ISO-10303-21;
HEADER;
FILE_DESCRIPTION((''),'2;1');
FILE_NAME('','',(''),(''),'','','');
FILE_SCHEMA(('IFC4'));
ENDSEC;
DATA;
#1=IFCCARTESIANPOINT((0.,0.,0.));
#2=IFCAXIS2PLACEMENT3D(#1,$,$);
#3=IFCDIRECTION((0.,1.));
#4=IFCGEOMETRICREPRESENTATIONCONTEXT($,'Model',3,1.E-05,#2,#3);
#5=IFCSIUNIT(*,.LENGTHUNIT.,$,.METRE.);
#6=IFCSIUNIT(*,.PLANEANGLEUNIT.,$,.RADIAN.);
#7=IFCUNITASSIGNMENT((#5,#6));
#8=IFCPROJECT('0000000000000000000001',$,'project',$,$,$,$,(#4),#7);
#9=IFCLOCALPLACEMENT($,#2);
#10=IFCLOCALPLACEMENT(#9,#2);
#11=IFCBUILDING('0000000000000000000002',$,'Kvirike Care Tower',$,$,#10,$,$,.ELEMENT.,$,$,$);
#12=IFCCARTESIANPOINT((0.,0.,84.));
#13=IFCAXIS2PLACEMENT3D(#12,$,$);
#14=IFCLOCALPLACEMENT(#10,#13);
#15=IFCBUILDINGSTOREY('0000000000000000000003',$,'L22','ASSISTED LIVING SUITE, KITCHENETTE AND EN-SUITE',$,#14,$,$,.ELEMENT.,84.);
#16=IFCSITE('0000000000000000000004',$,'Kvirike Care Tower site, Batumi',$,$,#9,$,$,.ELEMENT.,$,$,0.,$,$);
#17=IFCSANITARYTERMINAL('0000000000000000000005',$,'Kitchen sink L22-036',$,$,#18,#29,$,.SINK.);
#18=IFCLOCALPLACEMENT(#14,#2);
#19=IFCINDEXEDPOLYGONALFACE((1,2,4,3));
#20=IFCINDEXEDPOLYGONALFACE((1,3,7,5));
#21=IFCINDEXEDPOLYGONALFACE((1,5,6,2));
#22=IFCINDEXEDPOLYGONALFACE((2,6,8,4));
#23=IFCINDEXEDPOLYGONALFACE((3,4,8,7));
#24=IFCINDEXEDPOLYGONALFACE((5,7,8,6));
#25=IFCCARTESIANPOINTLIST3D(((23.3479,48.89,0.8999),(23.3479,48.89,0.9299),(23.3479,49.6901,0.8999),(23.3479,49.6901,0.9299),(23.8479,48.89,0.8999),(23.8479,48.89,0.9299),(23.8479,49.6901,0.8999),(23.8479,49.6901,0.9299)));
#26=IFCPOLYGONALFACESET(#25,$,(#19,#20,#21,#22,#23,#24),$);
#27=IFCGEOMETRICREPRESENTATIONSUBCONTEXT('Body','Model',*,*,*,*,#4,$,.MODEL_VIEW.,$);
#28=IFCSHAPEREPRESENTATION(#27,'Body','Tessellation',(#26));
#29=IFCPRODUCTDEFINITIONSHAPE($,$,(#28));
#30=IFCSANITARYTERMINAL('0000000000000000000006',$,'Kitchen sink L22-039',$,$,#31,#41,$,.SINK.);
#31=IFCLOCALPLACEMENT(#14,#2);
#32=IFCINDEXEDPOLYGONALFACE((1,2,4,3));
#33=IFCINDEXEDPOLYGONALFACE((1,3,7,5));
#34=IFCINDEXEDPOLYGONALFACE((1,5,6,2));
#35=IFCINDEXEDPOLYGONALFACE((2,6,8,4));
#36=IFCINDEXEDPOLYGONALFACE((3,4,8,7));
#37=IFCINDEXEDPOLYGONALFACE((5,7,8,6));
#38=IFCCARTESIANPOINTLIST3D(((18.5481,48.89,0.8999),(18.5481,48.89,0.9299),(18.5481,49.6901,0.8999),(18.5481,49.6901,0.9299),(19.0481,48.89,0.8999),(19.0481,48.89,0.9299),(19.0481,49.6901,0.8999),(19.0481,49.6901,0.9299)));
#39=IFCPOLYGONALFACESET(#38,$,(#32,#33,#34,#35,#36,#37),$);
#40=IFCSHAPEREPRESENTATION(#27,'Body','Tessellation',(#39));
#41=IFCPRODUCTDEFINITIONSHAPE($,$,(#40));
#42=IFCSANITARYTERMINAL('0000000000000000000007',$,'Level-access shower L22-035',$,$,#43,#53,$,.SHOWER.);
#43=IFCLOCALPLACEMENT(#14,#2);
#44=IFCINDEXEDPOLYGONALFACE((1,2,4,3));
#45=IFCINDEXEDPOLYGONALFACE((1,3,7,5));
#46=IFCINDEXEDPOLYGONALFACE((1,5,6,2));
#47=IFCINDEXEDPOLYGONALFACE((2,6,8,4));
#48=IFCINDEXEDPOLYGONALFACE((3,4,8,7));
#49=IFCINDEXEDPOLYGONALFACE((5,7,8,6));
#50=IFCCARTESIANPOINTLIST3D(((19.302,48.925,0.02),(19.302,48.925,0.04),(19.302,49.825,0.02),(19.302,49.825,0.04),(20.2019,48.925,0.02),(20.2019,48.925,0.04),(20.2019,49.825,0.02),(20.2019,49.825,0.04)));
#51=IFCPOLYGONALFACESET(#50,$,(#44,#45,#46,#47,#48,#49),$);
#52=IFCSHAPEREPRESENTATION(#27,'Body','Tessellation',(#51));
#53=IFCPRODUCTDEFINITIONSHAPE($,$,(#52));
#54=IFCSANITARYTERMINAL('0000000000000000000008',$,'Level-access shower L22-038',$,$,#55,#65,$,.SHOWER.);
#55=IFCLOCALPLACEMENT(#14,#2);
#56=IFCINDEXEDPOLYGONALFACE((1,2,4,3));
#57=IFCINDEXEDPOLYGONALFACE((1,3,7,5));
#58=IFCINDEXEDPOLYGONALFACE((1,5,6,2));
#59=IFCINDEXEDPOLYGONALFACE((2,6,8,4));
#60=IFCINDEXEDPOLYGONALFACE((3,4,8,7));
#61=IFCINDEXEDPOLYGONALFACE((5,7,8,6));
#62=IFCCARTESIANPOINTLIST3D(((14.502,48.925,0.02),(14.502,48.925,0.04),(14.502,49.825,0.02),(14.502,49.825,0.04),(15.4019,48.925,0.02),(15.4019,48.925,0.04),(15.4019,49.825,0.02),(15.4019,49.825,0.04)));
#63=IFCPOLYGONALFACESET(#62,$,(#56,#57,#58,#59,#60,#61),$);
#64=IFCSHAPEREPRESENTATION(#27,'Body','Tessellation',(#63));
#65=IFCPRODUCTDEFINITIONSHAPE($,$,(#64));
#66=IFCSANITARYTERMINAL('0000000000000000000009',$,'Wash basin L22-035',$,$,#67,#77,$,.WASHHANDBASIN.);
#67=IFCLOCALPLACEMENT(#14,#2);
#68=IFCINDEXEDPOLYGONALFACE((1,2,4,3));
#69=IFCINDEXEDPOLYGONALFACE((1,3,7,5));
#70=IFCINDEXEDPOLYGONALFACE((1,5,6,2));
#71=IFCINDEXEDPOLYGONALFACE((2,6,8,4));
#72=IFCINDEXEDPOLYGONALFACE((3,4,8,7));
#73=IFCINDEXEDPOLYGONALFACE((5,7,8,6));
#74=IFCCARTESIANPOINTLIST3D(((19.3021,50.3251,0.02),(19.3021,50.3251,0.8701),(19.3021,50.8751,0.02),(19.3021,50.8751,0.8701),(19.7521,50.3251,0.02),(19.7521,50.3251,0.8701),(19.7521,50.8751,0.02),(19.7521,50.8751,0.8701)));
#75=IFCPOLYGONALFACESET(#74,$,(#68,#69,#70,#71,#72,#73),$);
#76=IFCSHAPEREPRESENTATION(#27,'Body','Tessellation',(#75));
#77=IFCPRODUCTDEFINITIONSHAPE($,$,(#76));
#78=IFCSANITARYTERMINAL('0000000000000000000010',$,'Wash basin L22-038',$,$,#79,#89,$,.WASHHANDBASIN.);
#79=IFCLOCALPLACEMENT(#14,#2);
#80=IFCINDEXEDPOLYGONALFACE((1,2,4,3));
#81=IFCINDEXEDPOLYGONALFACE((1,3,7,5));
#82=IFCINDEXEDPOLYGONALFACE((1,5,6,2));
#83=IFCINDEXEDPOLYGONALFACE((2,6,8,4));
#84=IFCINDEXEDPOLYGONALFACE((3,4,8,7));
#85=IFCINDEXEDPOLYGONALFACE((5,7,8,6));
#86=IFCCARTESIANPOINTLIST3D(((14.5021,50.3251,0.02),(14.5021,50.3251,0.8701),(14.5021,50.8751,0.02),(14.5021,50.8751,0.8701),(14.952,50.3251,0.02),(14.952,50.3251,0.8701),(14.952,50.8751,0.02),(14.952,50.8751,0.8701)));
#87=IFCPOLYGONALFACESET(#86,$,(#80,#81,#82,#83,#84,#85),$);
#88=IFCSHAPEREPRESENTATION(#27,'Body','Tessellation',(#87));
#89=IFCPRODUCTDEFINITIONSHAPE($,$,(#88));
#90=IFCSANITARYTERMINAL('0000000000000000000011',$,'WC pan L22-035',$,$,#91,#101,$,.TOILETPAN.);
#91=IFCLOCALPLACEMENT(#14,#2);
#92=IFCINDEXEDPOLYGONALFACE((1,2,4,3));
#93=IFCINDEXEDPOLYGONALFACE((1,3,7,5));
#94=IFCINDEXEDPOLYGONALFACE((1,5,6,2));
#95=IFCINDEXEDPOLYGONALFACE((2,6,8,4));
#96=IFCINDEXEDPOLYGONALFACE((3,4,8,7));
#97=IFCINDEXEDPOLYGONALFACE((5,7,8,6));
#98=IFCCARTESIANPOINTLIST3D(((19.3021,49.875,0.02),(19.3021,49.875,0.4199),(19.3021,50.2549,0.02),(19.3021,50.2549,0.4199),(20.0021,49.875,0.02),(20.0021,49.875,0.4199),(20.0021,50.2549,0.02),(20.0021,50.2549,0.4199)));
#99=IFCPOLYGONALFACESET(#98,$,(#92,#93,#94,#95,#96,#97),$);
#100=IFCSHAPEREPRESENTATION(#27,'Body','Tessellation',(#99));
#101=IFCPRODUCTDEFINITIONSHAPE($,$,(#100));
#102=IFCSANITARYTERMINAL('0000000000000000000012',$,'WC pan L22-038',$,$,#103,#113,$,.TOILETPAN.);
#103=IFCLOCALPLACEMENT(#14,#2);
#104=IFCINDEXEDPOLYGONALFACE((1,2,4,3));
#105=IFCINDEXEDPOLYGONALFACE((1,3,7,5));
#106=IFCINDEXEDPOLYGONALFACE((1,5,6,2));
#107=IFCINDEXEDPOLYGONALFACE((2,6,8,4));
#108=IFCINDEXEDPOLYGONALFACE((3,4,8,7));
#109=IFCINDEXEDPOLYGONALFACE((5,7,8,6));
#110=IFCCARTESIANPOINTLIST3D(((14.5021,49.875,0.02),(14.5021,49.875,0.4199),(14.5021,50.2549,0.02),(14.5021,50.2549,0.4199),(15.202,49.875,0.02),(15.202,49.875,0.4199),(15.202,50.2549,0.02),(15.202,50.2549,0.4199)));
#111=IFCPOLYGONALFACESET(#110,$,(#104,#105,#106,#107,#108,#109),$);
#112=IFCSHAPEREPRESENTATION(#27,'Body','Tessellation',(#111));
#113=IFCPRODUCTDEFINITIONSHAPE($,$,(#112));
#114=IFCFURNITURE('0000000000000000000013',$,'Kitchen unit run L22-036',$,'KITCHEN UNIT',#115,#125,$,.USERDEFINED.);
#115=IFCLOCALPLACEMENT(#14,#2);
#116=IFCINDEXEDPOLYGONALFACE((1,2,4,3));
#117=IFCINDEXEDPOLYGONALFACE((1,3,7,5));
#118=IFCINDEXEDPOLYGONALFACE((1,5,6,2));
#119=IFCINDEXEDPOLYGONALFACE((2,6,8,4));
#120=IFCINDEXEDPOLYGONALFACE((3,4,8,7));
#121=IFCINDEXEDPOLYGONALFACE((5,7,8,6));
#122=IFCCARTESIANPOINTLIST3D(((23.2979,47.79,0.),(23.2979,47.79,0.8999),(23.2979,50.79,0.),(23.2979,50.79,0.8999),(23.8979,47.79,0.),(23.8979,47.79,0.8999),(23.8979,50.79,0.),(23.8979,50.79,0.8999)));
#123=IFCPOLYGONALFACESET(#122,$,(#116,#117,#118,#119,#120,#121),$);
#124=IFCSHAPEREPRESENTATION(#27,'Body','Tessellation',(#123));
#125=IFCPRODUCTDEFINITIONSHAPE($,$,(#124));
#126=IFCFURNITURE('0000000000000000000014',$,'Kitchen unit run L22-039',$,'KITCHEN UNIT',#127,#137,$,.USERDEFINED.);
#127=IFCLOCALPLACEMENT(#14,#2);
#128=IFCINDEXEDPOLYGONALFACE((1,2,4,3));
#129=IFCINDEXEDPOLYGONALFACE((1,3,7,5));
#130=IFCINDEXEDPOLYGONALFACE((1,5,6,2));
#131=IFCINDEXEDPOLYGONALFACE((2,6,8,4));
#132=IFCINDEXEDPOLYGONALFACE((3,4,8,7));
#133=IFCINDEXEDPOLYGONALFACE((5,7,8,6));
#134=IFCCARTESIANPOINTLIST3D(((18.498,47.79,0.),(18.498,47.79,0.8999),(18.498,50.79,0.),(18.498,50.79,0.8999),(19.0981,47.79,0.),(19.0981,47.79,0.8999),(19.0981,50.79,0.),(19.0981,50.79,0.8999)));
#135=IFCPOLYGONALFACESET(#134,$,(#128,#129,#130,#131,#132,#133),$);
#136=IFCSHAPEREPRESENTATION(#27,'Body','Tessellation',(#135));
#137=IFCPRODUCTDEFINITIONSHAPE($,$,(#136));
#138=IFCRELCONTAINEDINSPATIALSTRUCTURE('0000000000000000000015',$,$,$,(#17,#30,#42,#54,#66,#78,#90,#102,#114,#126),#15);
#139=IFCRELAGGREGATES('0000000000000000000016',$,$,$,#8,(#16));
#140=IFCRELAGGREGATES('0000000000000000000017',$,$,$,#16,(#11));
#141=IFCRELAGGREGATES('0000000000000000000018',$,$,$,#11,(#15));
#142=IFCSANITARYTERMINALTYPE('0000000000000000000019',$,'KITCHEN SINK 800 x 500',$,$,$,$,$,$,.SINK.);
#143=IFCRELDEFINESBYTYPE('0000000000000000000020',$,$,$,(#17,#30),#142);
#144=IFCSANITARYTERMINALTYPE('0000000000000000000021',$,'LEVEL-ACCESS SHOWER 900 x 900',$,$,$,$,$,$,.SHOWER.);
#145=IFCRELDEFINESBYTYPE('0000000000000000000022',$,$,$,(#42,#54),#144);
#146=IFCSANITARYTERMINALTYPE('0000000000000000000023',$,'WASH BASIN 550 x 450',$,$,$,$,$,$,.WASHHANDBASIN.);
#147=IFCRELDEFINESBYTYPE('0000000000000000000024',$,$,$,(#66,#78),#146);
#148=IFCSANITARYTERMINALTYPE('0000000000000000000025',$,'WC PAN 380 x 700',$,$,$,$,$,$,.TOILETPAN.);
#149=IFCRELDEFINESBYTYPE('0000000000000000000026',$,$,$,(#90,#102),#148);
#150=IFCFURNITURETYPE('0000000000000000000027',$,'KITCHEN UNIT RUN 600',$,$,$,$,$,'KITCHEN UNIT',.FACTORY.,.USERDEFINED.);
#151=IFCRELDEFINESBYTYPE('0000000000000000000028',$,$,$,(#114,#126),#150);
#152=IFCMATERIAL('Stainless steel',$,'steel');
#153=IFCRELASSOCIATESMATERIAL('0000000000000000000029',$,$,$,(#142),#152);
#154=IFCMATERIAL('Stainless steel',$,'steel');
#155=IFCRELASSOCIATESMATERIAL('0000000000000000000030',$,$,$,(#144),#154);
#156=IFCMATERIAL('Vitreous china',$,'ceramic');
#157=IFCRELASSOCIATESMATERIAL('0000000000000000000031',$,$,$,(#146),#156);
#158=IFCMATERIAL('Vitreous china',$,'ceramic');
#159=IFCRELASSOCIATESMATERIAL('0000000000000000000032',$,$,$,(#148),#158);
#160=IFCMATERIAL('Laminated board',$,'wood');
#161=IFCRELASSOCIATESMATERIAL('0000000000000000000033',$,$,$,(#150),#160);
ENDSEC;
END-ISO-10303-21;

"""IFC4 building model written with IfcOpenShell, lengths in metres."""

from ifc_helpers import new_model, si_unit, direction, frame, origin, origin_2d, place, context, subcontext, project, spatial, rectangle, extrude, material, type_object, element, save


model = new_model("IFC4")

# Units and contexts
model_context = context("Model", 3, precision=1e-05, world=origin(), true_north=direction((0.0, 1.0)))
body_context = subcontext(model_context, "Body", "Model", "MODEL_VIEW")
ifc_project = project(units=[si_unit("LENGTHUNIT", "METRE"), si_unit("PLANEANGLEUNIT", "RADIAN")], contexts=[model_context])

# Site, building, storey
site_placement = place(None, origin())
site = spatial("IfcSite", under=ifc_project, at=site_placement, Name="Kvirike Care Tower site, Batumi", CompositionType="ELEMENT", RefElevation=0.0)
building_placement = place(site_placement, origin())
building = spatial("IfcBuilding", under=site, at=building_placement, Name="Kvirike Care Tower", CompositionType="ELEMENT")
storey_placement = place(building_placement, frame((0.0, 0.0, 84.0)))
storey = spatial("IfcBuildingStorey", under=building, at=storey_placement, Name="L22", Description="ASSISTED LIVING SUITE, KITCHENETTE AND EN-SUITE", CompositionType="ELEMENT", Elevation=84.0)

# Sanitary terminals
ifc_material_1 = material(Name="Stainless steel", Category="steel")
sanitary_terminal_type_1 = type_object("IfcSanitaryTerminalType", Name="KITCHEN SINK 800 x 500", PredefinedType="SINK", material=ifc_material_1)
for number, where, z_axis, x_axis, name in (
    (1, (23.5979, 49.29, 0.8999), (0.0, 0.0, 1.0), (0.0, -1.0, 0.0), "Kitchen sink L22-036"),
    (2, (18.7981, 49.29, 0.8999), (0.0, 0.0, 1.0), (0.0, -1.0, 0.0), "Kitchen sink L22-039"),
):
    element("IfcSanitaryTerminal", number, at=place(storey_placement, frame(where, z_axis=z_axis, x_axis=x_axis)), inside=storey, type_object=sanitary_terminal_type_1, Name=name, PredefinedType="SINK", context=body_context, shape_type="SweptSolid", body=[
        extrude(rectangle(XDim=0.8, YDim=0.5, at=origin_2d()), origin(), (0.0, 0.0, 1.0), 0.03),
    ])
ifc_material_2 = material(Name="Stainless steel", Category="steel")
sanitary_terminal_type_2 = type_object("IfcSanitaryTerminalType", Name="LEVEL-ACCESS SHOWER 900 x 900", PredefinedType="SHOWER", material=ifc_material_2)
for number, where, z_axis, x_axis, name in (
    (3, (19.752, 49.375, 0.02), (0.0, 0.0, 1.0), (0.0, 1.0, 0.0), "Level-access shower L22-035"),
    (4, (14.9519, 49.375, 0.02), (0.0, 0.0, 1.0), (0.0, 1.0, 0.0), "Level-access shower L22-038"),
):
    element("IfcSanitaryTerminal", number, at=place(storey_placement, frame(where, z_axis=z_axis, x_axis=x_axis)), inside=storey, type_object=sanitary_terminal_type_2, Name=name, PredefinedType="SHOWER", context=body_context, shape_type="SweptSolid", body=[
        extrude(rectangle(XDim=0.8999, YDim=0.8999, at=origin_2d()), origin(), (0.0, 0.0, 1.0), 0.02),
    ])
ifc_material_3 = material(Name="Vitreous china", Category="ceramic")
sanitary_terminal_type_3 = type_object("IfcSanitaryTerminalType", Name="WASH BASIN 550 x 450", PredefinedType="WASHHANDBASIN", material=ifc_material_3)
for number, where, z_axis, x_axis, name in (
    (5, (19.5271, 50.6001, 0.02), (0.0, 0.0, 1.0), (0.0, 1.0, 0.0), "Wash basin L22-035"),
    (6, (14.7271, 50.6001, 0.02), (0.0, 0.0, 1.0), (0.0, 1.0, 0.0), "Wash basin L22-038"),
):
    element("IfcSanitaryTerminal", number, at=place(storey_placement, frame(where, z_axis=z_axis, x_axis=x_axis)), inside=storey, type_object=sanitary_terminal_type_3, Name=name, PredefinedType="WASHHANDBASIN", context=body_context, shape_type="SweptSolid", body=[
        extrude(rectangle(XDim=0.55, YDim=0.45, at=origin_2d()), origin(), (0.0, 0.0, 1.0), 0.8501),
    ])
ifc_material_4 = material(Name="Vitreous china", Category="ceramic")
sanitary_terminal_type_4 = type_object("IfcSanitaryTerminalType", Name="WC PAN 380 x 700", PredefinedType="TOILETPAN", material=ifc_material_4)
for number, where, z_axis, x_axis, name in (
    (7, (19.6521, 50.0649, 0.02), (0.0, 0.0, 1.0), (0.0, 1.0, 0.0), "WC pan L22-035"),
    (8, (14.8521, 50.0649, 0.02), (0.0, 0.0, 1.0), (0.0, 1.0, 0.0), "WC pan L22-038"),
):
    element("IfcSanitaryTerminal", number, at=place(storey_placement, frame(where, z_axis=z_axis, x_axis=x_axis)), inside=storey, type_object=sanitary_terminal_type_4, Name=name, PredefinedType="TOILETPAN", context=body_context, shape_type="SweptSolid", body=[
        extrude(rectangle(XDim=0.3799, YDim=0.7, at=origin_2d()), origin(), (0.0, 0.0, 1.0), 0.3999),
    ])

# Furniture
ifc_material_5 = material(Name="Laminated board", Category="wood")
furniture_type = type_object("IfcFurnitureType", Name="KITCHEN UNIT RUN 600", ElementType="KITCHEN UNIT", AssemblyPlace="FACTORY", PredefinedType="USERDEFINED", material=ifc_material_5)
for number, where, z_axis, x_axis, name in (
    (9, (23.5979, 49.29, 0.0), (0.0, 0.0, 1.0), (0.0, -1.0, 0.0), "Kitchen unit run L22-036"),
    (10, (18.7981, 49.29, 0.0), (0.0, 0.0, 1.0), (0.0, -1.0, 0.0), "Kitchen unit run L22-039"),
):
    element("IfcFurniture", number, at=place(storey_placement, frame(where, z_axis=z_axis, x_axis=x_axis)), inside=storey, type_object=furniture_type, Name=name, ObjectType="KITCHEN UNIT", PredefinedType="USERDEFINED", context=body_context, shape_type="SweptSolid", body=[
        extrude(rectangle(XDim=3.0, YDim=0.6001, at=origin_2d()), origin(), (0.0, 0.0, 1.0), 0.8999),
    ])

save(model, "model.ifc")
